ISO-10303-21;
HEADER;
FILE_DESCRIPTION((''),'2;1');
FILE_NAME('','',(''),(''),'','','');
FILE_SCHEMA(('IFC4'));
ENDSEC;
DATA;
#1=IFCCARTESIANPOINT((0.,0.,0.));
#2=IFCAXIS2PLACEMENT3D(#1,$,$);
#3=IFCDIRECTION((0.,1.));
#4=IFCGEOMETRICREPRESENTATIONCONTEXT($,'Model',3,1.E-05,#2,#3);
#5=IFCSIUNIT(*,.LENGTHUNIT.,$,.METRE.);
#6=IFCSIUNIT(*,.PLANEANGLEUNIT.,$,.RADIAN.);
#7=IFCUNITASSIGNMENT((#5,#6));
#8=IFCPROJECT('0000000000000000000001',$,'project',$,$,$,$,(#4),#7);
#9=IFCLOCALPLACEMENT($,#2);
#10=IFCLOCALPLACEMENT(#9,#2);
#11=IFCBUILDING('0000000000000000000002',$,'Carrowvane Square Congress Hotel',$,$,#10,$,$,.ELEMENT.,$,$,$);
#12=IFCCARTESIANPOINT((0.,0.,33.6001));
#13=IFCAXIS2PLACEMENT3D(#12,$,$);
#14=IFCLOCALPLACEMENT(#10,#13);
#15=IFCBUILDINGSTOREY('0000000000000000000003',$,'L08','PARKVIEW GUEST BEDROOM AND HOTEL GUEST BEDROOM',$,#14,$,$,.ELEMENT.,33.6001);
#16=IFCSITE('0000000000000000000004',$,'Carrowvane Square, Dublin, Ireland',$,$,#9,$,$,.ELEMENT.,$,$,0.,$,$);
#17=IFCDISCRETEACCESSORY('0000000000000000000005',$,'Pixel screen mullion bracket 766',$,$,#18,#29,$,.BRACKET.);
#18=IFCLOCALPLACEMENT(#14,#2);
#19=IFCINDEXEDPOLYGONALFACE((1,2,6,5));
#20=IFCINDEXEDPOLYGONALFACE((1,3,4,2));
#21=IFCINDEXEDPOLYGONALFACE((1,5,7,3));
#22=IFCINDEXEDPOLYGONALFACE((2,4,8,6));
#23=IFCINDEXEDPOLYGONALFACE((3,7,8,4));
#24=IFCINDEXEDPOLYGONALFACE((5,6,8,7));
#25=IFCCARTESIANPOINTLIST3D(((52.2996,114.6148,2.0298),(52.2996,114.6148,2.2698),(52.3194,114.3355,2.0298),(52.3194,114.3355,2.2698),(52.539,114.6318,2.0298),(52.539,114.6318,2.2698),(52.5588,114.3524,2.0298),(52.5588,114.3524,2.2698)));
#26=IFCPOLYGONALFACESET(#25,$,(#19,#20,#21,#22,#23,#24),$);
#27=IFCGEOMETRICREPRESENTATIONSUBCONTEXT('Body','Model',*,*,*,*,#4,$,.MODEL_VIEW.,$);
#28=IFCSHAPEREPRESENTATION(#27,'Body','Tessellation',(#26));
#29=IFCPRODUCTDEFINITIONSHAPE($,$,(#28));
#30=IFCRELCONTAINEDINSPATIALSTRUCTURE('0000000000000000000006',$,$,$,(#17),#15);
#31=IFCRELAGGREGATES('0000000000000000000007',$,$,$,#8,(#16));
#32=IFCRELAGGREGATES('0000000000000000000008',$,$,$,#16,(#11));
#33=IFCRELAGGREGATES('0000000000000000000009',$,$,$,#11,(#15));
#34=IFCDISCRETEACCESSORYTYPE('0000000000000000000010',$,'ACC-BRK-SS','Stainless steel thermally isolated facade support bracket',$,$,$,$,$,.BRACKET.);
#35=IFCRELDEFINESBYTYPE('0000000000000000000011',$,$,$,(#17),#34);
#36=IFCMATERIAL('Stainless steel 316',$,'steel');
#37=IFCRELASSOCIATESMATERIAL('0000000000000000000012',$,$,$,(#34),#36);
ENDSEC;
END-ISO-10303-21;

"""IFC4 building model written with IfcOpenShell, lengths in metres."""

from ifc_helpers import new_model, si_unit, direction, frame, origin, origin_2d, place, context, subcontext, project, spatial, rectangle, extrude, material, type_object, element, save


model = new_model("IFC4")

# Units and contexts
model_context = context("Model", 3, precision=1e-05, world=origin(), true_north=direction((0.0, 1.0)))
body_context = subcontext(model_context, "Body", "Model", "MODEL_VIEW")
ifc_project = project(units=[si_unit("LENGTHUNIT", "METRE"), si_unit("PLANEANGLEUNIT", "RADIAN")], contexts=[model_context])

# Site, building, storey
site_placement = place(None, origin())
site = spatial("IfcSite", under=ifc_project, at=site_placement, Name="Carrowvane Square, Dublin, Ireland", CompositionType="ELEMENT", RefElevation=0.0)
building_placement = place(site_placement, origin())
building = spatial("IfcBuilding", under=site, at=building_placement, Name="Carrowvane Square Congress Hotel", CompositionType="ELEMENT")
storey_placement = place(building_placement, frame((0.0, 0.0, 33.6001)))
storey = spatial("IfcBuildingStorey", under=building, at=storey_placement, Name="L08", Description="PARKVIEW GUEST BEDROOM AND HOTEL GUEST BEDROOM", CompositionType="ELEMENT", Elevation=33.6001)

# Discrete accessory
ifc_material_1 = material(Name="Stainless steel 316", Category="steel")
discrete_accessory_type = type_object("IfcDiscreteAccessoryType", Name="ACC-BRK-SS", Description="Stainless steel thermally isolated facade support bracket", PredefinedType="BRACKET", material=ifc_material_1)
for number, where, z_axis, x_axis, name in (
    (1, (52.4292, 114.4836, 2.0298), (0.0, 0.0, 1.0), (0.997506, 0.070585, 0.0), "Pixel screen mullion bracket 766"),
):
    element("IfcDiscreteAccessory", number, at=place(storey_placement, frame(where, z_axis=z_axis, x_axis=x_axis)), inside=storey, type_object=discrete_accessory_type, Name=name, PredefinedType="BRACKET", context=body_context, shape_type="SweptSolid", body=[
        extrude(rectangle(XDim=0.24, YDim=0.28, at=origin_2d()), origin(), (0.0, 0.0, 1.0), 0.24),
    ])

save(model, "model.ifc")
